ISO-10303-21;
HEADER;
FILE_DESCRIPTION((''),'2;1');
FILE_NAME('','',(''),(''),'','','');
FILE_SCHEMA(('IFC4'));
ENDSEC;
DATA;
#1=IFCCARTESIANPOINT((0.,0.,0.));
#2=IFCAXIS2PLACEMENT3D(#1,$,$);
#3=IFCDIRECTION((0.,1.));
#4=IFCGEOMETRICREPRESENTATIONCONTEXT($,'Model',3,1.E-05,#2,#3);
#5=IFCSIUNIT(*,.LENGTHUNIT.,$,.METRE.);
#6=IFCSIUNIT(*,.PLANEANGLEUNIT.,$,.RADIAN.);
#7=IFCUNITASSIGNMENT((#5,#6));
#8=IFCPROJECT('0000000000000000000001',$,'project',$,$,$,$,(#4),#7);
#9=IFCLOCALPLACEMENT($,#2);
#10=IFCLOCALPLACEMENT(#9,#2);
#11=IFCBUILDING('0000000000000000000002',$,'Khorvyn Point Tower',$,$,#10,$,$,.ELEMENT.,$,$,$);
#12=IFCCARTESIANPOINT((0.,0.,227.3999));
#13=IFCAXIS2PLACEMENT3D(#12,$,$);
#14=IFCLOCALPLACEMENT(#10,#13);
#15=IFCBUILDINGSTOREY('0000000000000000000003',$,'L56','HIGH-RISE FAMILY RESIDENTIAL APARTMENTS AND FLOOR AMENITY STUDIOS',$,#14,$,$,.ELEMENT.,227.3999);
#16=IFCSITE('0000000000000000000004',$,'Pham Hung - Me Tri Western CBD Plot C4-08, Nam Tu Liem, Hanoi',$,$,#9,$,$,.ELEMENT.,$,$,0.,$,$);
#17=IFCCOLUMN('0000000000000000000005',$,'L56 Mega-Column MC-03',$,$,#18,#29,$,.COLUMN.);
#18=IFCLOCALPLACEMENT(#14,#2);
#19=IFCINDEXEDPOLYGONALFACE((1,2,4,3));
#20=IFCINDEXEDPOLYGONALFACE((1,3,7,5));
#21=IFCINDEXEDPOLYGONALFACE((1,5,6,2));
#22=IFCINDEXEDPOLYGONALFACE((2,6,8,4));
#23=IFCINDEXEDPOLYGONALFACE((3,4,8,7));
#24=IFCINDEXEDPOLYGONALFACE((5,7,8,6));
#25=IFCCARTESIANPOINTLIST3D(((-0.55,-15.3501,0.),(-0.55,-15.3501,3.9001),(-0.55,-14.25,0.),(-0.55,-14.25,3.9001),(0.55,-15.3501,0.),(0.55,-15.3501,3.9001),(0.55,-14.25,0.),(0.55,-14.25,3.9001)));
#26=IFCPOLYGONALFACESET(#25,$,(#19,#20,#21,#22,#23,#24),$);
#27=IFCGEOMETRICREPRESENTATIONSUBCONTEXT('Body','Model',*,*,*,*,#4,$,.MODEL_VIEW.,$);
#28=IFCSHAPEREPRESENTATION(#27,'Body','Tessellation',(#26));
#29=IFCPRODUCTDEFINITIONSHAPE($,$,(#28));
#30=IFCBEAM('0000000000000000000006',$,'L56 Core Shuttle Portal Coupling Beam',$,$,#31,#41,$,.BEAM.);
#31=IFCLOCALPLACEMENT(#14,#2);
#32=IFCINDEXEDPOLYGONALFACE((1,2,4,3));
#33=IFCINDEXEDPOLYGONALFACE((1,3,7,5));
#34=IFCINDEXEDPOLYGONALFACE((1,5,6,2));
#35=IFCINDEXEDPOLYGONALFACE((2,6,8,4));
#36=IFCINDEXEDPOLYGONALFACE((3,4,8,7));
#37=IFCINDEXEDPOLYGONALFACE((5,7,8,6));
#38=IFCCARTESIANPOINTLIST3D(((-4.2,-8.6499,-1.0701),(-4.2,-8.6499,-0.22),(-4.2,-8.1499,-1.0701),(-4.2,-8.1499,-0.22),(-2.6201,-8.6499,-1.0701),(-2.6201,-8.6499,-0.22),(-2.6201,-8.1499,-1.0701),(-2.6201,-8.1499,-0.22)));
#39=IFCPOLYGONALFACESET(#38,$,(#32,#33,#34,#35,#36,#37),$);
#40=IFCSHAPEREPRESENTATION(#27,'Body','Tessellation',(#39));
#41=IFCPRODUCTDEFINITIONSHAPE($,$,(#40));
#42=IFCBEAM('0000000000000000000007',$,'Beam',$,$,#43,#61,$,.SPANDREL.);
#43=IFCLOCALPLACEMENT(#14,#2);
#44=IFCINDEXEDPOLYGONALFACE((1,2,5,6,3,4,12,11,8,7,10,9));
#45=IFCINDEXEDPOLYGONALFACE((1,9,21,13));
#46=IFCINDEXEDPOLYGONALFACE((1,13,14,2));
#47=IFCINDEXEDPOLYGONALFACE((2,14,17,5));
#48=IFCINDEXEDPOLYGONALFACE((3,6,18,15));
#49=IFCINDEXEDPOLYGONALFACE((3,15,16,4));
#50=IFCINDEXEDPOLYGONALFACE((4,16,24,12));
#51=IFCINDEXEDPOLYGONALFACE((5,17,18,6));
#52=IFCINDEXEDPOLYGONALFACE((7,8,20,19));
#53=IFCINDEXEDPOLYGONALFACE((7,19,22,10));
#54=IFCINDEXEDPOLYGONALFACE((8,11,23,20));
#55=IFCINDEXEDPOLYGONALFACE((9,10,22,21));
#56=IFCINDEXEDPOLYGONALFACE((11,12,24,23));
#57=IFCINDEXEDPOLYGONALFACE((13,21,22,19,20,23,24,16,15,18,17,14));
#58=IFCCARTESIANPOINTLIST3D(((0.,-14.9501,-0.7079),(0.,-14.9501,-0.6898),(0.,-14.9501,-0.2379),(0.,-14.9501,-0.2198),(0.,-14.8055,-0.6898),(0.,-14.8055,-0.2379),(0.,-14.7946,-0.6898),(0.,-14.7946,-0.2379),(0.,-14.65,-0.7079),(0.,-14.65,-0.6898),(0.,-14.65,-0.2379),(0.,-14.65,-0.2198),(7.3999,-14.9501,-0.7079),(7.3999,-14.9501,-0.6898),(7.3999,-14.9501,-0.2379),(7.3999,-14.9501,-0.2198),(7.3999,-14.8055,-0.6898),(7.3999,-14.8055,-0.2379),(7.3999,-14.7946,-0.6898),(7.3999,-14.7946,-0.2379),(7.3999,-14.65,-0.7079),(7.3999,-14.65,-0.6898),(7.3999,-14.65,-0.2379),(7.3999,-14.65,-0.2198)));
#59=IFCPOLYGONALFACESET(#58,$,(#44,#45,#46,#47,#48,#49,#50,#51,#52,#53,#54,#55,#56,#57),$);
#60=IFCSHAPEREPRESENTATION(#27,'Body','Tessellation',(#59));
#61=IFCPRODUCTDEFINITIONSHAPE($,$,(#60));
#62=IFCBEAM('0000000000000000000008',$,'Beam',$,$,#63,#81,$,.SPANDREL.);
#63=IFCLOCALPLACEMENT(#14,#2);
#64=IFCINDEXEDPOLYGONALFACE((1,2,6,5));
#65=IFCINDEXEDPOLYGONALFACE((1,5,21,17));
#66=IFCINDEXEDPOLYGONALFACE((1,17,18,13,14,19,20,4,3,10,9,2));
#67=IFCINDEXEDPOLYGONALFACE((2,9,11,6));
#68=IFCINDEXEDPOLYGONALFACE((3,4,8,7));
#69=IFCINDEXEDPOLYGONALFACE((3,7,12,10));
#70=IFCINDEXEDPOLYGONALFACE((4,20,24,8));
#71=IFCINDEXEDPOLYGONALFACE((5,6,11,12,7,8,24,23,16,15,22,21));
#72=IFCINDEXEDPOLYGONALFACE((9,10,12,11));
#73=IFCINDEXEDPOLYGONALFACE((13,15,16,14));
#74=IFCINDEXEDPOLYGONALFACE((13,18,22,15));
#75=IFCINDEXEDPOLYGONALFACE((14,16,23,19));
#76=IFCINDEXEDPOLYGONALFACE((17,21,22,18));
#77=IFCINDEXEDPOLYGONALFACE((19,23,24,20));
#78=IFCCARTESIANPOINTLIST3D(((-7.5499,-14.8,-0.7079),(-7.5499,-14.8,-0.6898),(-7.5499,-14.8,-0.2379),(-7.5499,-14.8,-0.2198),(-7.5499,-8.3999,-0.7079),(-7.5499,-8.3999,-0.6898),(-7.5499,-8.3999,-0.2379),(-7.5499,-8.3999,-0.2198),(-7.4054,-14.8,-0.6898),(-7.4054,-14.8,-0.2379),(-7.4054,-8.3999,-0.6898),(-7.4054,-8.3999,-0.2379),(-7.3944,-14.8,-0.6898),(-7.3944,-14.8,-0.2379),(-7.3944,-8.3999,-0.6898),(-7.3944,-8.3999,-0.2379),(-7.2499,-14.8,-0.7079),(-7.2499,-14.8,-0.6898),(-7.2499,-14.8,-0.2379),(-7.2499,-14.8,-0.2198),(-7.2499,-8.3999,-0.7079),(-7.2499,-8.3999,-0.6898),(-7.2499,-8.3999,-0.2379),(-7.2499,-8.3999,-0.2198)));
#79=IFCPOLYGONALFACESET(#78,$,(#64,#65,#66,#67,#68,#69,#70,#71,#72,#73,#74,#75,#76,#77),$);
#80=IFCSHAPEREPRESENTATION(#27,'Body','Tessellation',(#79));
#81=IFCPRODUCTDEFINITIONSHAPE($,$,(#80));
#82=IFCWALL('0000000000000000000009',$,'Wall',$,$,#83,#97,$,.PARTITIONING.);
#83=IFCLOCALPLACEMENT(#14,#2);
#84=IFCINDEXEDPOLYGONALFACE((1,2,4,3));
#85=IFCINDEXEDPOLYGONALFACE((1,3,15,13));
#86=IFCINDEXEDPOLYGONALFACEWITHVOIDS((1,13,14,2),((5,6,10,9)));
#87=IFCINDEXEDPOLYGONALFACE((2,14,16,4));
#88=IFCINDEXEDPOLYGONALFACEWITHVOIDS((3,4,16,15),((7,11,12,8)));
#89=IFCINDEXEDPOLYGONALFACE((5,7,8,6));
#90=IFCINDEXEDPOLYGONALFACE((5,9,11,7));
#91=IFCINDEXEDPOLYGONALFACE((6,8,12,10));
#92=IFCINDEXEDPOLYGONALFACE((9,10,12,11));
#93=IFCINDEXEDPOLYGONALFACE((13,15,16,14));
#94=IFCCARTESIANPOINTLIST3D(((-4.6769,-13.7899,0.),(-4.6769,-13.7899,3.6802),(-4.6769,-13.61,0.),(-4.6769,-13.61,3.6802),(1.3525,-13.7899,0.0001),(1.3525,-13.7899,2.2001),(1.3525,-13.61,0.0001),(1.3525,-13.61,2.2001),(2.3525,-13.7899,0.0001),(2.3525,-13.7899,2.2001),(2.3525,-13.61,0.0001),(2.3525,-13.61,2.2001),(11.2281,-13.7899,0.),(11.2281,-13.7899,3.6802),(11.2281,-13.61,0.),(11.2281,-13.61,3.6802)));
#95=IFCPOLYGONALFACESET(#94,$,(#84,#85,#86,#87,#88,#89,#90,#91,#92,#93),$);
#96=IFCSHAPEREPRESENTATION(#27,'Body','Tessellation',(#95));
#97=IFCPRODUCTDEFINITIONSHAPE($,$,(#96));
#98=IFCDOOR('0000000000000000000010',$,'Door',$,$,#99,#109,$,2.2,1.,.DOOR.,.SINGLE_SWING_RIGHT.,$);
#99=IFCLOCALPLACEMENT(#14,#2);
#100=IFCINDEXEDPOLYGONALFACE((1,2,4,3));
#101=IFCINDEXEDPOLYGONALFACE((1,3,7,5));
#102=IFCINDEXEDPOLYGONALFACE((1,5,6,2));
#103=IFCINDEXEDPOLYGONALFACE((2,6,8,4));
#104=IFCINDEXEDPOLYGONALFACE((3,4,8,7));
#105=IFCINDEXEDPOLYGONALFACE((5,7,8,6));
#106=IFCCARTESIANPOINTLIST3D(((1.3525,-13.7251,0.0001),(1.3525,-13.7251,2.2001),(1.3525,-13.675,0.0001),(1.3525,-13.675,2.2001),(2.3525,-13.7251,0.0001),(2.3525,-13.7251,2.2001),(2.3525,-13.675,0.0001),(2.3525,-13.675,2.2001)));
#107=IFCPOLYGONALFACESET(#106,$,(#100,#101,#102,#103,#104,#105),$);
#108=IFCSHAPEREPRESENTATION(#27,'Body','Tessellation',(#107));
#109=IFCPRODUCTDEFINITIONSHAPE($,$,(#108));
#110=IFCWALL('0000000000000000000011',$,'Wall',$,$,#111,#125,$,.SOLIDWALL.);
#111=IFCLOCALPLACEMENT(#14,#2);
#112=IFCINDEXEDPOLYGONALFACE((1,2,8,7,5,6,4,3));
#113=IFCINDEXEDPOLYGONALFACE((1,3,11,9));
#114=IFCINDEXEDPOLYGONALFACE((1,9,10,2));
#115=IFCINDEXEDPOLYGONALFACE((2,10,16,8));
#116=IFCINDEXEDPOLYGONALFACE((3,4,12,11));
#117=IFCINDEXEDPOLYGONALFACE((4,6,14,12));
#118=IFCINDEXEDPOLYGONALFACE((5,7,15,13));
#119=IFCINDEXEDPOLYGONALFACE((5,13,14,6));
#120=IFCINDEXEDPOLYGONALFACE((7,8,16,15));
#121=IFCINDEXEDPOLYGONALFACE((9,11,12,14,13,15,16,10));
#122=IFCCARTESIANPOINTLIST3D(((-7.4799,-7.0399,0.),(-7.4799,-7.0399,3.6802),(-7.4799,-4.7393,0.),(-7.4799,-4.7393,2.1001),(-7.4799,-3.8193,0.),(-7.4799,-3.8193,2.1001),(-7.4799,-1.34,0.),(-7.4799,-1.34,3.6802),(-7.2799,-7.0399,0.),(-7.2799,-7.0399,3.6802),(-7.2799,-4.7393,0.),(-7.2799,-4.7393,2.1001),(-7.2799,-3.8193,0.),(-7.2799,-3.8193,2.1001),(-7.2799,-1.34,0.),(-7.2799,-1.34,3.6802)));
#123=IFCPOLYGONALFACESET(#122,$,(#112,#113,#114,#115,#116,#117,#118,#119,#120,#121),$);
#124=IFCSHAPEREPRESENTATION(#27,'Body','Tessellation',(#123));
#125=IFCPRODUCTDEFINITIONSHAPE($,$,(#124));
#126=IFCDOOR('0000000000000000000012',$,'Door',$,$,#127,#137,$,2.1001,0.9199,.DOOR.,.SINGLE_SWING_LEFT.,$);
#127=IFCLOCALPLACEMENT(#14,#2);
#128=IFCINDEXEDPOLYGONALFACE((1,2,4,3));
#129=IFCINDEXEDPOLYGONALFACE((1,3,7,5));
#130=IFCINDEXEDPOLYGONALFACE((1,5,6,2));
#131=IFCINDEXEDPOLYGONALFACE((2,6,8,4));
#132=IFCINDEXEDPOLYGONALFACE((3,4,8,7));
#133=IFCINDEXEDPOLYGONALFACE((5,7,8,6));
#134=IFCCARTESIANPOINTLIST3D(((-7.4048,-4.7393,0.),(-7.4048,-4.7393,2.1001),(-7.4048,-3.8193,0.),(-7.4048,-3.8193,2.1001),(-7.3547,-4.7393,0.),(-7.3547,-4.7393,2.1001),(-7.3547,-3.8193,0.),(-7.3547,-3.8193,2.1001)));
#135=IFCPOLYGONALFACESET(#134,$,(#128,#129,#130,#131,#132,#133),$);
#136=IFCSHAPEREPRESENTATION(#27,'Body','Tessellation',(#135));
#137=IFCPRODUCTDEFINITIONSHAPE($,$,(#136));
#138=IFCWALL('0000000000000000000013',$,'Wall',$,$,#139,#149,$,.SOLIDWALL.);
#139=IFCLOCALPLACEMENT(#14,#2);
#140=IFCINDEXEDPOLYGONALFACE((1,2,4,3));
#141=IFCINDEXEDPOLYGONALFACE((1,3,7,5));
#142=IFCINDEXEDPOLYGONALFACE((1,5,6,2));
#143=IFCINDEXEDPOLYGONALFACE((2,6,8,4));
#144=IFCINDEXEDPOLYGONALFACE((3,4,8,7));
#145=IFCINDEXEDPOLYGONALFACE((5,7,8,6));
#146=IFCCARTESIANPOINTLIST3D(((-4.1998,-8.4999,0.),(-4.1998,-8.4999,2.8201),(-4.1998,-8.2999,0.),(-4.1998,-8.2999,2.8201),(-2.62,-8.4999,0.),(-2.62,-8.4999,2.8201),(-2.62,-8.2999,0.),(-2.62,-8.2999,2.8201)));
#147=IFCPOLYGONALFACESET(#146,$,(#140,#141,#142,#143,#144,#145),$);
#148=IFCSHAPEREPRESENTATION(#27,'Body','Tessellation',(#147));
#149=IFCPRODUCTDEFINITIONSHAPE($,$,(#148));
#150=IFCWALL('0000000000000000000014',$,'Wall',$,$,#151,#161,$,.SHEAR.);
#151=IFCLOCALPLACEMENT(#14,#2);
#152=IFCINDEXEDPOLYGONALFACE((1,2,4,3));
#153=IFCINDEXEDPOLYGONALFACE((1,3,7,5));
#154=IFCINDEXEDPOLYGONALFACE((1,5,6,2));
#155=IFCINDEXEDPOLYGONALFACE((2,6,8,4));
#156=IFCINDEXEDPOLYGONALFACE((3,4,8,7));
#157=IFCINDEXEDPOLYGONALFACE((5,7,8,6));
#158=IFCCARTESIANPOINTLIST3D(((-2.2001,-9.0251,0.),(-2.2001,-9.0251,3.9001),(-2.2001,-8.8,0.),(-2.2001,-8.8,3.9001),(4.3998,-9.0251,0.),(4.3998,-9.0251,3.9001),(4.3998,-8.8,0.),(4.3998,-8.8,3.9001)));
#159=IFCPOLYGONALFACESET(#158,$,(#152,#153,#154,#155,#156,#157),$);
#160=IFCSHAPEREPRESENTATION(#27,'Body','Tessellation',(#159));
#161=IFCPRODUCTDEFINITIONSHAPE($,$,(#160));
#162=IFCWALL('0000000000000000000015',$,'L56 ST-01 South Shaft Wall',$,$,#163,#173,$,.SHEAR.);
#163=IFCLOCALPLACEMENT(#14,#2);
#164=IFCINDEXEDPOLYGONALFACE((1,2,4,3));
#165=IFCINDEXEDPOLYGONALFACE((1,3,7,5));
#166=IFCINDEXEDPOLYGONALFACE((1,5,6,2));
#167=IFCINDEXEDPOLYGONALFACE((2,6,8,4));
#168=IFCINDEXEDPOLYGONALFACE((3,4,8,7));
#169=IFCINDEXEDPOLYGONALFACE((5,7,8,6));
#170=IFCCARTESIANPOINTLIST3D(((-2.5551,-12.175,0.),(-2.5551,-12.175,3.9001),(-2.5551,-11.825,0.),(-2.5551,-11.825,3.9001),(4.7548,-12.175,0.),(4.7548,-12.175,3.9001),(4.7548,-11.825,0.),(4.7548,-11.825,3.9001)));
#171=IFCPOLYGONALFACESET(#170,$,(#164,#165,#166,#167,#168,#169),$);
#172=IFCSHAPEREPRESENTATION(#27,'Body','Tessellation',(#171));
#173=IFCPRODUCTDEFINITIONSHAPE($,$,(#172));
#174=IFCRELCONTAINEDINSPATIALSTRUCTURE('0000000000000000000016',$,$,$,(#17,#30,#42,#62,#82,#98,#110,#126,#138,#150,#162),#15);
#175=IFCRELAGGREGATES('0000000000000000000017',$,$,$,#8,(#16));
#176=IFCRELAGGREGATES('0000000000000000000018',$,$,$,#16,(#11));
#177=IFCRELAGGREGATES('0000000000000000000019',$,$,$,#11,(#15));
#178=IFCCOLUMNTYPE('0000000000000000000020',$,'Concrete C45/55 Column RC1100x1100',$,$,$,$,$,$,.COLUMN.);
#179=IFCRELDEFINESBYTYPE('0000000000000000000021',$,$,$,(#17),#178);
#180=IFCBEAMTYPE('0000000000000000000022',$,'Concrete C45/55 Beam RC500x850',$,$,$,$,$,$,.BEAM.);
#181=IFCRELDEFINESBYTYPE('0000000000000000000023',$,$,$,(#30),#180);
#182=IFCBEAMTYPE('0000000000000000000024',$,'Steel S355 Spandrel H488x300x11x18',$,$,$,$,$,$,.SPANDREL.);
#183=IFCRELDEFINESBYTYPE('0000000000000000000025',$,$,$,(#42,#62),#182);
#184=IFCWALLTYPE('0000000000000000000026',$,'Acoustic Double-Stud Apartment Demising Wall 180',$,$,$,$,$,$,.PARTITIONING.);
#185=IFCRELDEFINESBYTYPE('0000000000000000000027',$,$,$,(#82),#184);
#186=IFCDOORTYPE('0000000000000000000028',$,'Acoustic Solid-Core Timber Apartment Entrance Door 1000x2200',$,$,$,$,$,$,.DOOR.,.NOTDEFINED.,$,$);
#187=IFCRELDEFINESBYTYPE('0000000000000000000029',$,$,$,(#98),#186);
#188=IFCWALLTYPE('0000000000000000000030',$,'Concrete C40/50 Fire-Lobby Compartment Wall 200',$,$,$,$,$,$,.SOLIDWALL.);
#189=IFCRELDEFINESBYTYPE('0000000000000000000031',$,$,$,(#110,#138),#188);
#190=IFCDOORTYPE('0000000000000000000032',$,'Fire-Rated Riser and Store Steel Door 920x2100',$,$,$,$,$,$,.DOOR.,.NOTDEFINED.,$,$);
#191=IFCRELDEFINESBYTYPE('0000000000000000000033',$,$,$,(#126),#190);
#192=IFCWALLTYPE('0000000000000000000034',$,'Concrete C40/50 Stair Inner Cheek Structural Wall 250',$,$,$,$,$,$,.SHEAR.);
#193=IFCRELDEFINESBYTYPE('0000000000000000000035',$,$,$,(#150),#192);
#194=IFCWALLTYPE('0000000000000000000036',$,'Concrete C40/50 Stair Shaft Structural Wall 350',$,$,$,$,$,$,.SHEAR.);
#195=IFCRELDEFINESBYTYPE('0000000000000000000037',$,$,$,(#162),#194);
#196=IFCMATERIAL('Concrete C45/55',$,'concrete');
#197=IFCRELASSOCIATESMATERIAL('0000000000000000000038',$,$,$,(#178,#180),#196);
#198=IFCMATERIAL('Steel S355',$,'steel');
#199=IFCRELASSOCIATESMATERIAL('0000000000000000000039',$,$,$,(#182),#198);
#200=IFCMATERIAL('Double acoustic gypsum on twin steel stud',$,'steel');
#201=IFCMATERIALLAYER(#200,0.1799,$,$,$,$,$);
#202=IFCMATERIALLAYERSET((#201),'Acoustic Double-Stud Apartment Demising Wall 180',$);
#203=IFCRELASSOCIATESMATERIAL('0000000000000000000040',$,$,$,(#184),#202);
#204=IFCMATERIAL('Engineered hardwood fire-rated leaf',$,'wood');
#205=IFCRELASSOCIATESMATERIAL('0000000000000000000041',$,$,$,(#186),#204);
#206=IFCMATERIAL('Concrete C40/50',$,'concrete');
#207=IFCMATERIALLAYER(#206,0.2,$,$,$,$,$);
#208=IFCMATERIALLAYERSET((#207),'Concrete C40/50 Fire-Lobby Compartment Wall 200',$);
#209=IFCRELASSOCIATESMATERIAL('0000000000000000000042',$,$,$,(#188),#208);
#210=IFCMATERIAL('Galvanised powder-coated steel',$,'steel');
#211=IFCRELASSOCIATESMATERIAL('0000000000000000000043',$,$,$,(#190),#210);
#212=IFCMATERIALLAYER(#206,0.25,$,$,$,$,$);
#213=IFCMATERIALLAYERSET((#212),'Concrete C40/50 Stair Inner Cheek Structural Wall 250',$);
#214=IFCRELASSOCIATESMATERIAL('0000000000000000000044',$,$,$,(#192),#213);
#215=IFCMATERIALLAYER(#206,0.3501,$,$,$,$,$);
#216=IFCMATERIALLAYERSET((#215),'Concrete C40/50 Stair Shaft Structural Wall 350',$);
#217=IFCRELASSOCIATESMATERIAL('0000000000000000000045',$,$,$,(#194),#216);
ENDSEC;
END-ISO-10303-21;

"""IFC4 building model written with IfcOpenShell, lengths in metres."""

from ifc_helpers import new_model, si_unit, direction, frame, frame_2d, origin, origin_2d, place, context, subcontext, project, spatial, rectangle, i_section, extrude, material, layer, layer_set, material_profile, profile_set, type_object, element, fill, save


model = new_model("IFC4")

# Units and contexts
model_context = context("Model", 3, precision=1e-05, world=origin(), true_north=direction((0.0, 1.0)))
body_context = subcontext(model_context, "Body", "Model", "MODEL_VIEW")
ifc_project = project(units=[si_unit("LENGTHUNIT", "METRE"), si_unit("PLANEANGLEUNIT", "RADIAN")], contexts=[model_context])

# Site, building, storey
site_placement = place(None, origin())
site = spatial("IfcSite", under=ifc_project, at=site_placement, Name="Pham Hung - Me Tri Western CBD Plot C4-08, Nam Tu Liem, Hanoi", CompositionType="ELEMENT", RefElevation=0.0)
building_placement = place(site_placement, origin())
building = spatial("IfcBuilding", under=site, at=building_placement, Name="Khorvyn Point Tower", CompositionType="ELEMENT")
storey_placement = place(building_placement, frame((0.0, 0.0, 227.3999)))
storey = spatial("IfcBuildingStorey", under=building, at=storey_placement, Name="L56", Description="HIGH-RISE FAMILY RESIDENTIAL APARTMENTS AND FLOOR AMENITY STUDIOS", CompositionType="ELEMENT", Elevation=227.3999)

# Column
ifc_material_1 = material(Name="Concrete C45/55", Category="concrete")
ifc_material_profile_1 = material_profile(ifc_material_1, rectangle(XDim=1.1001, YDim=1.1001, at=origin_2d()))
ifc_profile_set_1 = profile_set([ifc_material_profile_1], Name="Concrete C45/55 RC1100x1100")
column_type = type_object("IfcColumnType", Name="Concrete C45/55 Column RC1100x1100", PredefinedType="COLUMN", material=ifc_profile_set_1)
column_placement = place(storey_placement, frame((0.0, -14.8, 0.0), z_axis=(0.0, 0.0, 1.0), x_axis=(1.0, 0.0, 0.0)))
element("IfcColumn", 1, at=column_placement, inside=storey, type_object=column_type, Name="L56 Mega-Column MC-03", PredefinedType="COLUMN", context=body_context, shape_type="SweptSolid", body=[
    extrude(rectangle(XDim=1.1001, YDim=1.1001, at=origin_2d()), origin(), (0.0, 0.0, 1.0), 3.9001),
])

# Beams
ifc_material_profile_2 = material_profile(ifc_material_1, rectangle(XDim=0.5, YDim=0.8501, at=origin_2d()))
ifc_profile_set_2 = profile_set([ifc_material_profile_2], Name="Concrete C45/55 RC500x850")
beam_type_1 = type_object("IfcBeamType", Name="Concrete C45/55 Beam RC500x850", PredefinedType="BEAM", material=ifc_profile_set_2)
beam_1_placement = place(storey_placement, frame((-4.2, -8.3999, -0.645), z_axis=(1.0, 0.0, 0.0), x_axis=(0.0, 1.0, 0.0)))
element("IfcBeam", 2, at=beam_1_placement, inside=storey, type_object=beam_type_1, Name="L56 Core Shuttle Portal Coupling Beam", PredefinedType="BEAM", context=body_context, shape_type="SweptSolid", body=[
    extrude(rectangle(XDim=0.5, YDim=0.8501, at=origin_2d()), origin(), (0.0, 0.0, 1.0), 1.5798),
])
ifc_material_2 = material(Name="Steel S355", Category="steel")
ifc_material_profile_3 = material_profile(ifc_material_2, i_section(OverallWidth=0.3, OverallDepth=0.488, WebThickness=0.011, FlangeThickness=0.0181, at=origin_2d()))
ifc_profile_set_3 = profile_set([ifc_material_profile_3], Name="Steel S355 H488x300x11x18")
beam_type_2 = type_object("IfcBeamType", Name="Steel S355 Spandrel H488x300x11x18", PredefinedType="SPANDREL", material=ifc_profile_set_3)
beam_2_placement = place(storey_placement, frame((0.0, -14.8, -0.4639), z_axis=(1.0, 0.0, 0.0), x_axis=(0.0, 1.0, 0.0)))
element("IfcBeam", 3, at=beam_2_placement, inside=storey, type_object=beam_type_2, Name="Beam", PredefinedType="SPANDREL", context=body_context, shape_type="SweptSolid", body=[
    extrude(i_section(OverallWidth=0.3, OverallDepth=0.488, WebThickness=0.011, FlangeThickness=0.0181, at=origin_2d()), origin(), (0.0, 0.0, 1.0), 7.3999),
])
beam_3_placement = place(storey_placement, frame((-7.3999, -14.8, -0.4639), z_axis=(0.0, 1.0, 0.0), x_axis=(-1.0, 0.0, 0.0)))
element("IfcBeam", 4, at=beam_3_placement, inside=storey, type_object=beam_type_2, Name="Beam", PredefinedType="SPANDREL", context=body_context, shape_type="SweptSolid", body=[
    extrude(i_section(OverallWidth=0.3, OverallDepth=0.488, WebThickness=0.011, FlangeThickness=0.0181, at=origin_2d()), origin(), (0.0, 0.0, 1.0), 6.4001),
])

# Walls, openings, doors
ifc_material_3 = material(Name="Double acoustic gypsum on twin steel stud", Category="steel")
ifc_layer_1 = layer(ifc_material_3, 0.1799)
ifc_layer_set_1 = layer_set([ifc_layer_1], Name="Acoustic Double-Stud Apartment Demising Wall 180")
wall_type_1 = type_object("IfcWallType", Name="Acoustic Double-Stud Apartment Demising Wall 180", PredefinedType="PARTITIONING", material=ifc_layer_set_1)
wall_1_placement = place(storey_placement, frame((-4.677, -13.7, 0.0), z_axis=(0.0, 0.0, 1.0), x_axis=(1.0, 0.0, 0.0)))
wall_1 = element("IfcWall", 5, at=wall_1_placement, inside=storey, type_object=wall_type_1, Name="Wall", PredefinedType="PARTITIONING", context=body_context, shape_type="SweptSolid", body=[
    extrude(rectangle(XDim=15.905, YDim=0.1799, at=frame_2d((7.9526, 0.0))), origin(), (0.0, 0.0, 1.0), 3.6802),
])
opening_1_placement = place(wall_1_placement, frame((6.0295, 0.0, 0.0)))
opening_1 = element("IfcOpeningElement", 6, at=opening_1_placement, cuts=wall_1, PredefinedType="OPENING", context=body_context, shape_type="SweptSolid", body=[
    extrude(rectangle(XDim=1.0, YDim=2.2, at=frame_2d((0.5, 1.1001))), frame((0.0, 0.0999, 0.0), z_axis=(0.0, -1.0, 0.0), x_axis=(1.0, 0.0, 0.0)), (0.0, 0.0, 1.0), 0.2),
])
ifc_material_4 = material(Name="Engineered hardwood fire-rated leaf", Category="wood")
door_type_1 = type_object("IfcDoorType", Name="Acoustic Solid-Core Timber Apartment Entrance Door 1000x2200", OperationType="NOTDEFINED", PredefinedType="DOOR", material=ifc_material_4)
door_1_placement = place(opening_1_placement, origin())
door_1 = element("IfcDoor", 7, at=door_1_placement, inside=storey, type_object=door_type_1, Name="Door", OperationType="SINGLE_SWING_RIGHT", OverallHeight=2.2, OverallWidth=1.0, PredefinedType="DOOR", context=body_context, shape_type="SweptSolid", body=[
    extrude(rectangle(XDim=1.0, YDim=2.2, at=frame_2d((0.5, 1.1001))), frame((0.0, 0.0249, 0.0), z_axis=(0.0, -1.0, 0.0), x_axis=(1.0, 0.0, 0.0)), (0.0, 0.0, 1.0), 0.05),
])
fill(opening_1, door_1)
ifc_material_5 = material(Name="Concrete C40/50", Category="concrete")
ifc_layer_2 = layer(ifc_material_5, 0.2)
ifc_layer_set_2 = layer_set([ifc_layer_2], Name="Concrete C40/50 Fire-Lobby Compartment Wall 200")
wall_type_2 = type_object("IfcWallType", Name="Concrete C40/50 Fire-Lobby Compartment Wall 200", PredefinedType="SOLIDWALL", material=ifc_layer_set_2)
wall_2_placement = place(storey_placement, frame((-7.3799, -7.04, 0.0), z_axis=(0.0, 0.0, 1.0), x_axis=(0.0, 1.0, 0.0)))
wall_2 = element("IfcWall", 8, at=wall_2_placement, inside=storey, type_object=wall_type_2, Name="Wall", PredefinedType="SOLIDWALL", context=body_context, shape_type="SweptSolid", body=[
    extrude(rectangle(XDim=5.7, YDim=0.2, at=frame_2d((2.8501, 0.0))), origin(), (0.0, 0.0, 1.0), 3.6802),
])
opening_2_placement = place(wall_2_placement, frame((2.3008, 0.0, 0.0)))
opening_2 = element("IfcOpeningElement", 9, at=opening_2_placement, cuts=wall_2, PredefinedType="OPENING", context=body_context, shape_type="SweptSolid", body=[
    extrude(rectangle(XDim=0.9199, YDim=2.1001, at=frame_2d((0.46, 1.05))), frame((0.0, 0.1099, 0.0), z_axis=(0.0, -1.0, 0.0), x_axis=(1.0, 0.0, 0.0)), (0.0, 0.0, 1.0), 0.22),
])
ifc_material_6 = material(Name="Galvanised powder-coated steel", Category="steel")
door_type_2 = type_object("IfcDoorType", Name="Fire-Rated Riser and Store Steel Door 920x2100", OperationType="NOTDEFINED", PredefinedType="DOOR", material=ifc_material_6)
door_2_placement = place(opening_2_placement, origin())
door_2 = element("IfcDoor", 10, at=door_2_placement, inside=storey, type_object=door_type_2, Name="Door", OperationType="SINGLE_SWING_LEFT", OverallHeight=2.1001, OverallWidth=0.9199, PredefinedType="DOOR", context=body_context, shape_type="SweptSolid", body=[
    extrude(rectangle(XDim=0.9199, YDim=2.1001, at=frame_2d((0.46, 1.05))), frame((0.0, 0.0249, 0.0), z_axis=(0.0, -1.0, 0.0), x_axis=(1.0, 0.0, 0.0)), (0.0, 0.0, 1.0), 0.05),
])
fill(opening_2, door_2)

# Walls
wall_3_placement = place(storey_placement, frame((-4.2, -8.3999, 0.0), z_axis=(0.0, 0.0, 1.0), x_axis=(1.0, 0.0, 0.0)))
element("IfcWall", 11, at=wall_3_placement, inside=storey, type_object=wall_type_2, Name="Wall", PredefinedType="SOLIDWALL", context=body_context, shape_type="SweptSolid", body=[
    extrude(rectangle(XDim=1.5798, YDim=0.2, at=frame_2d((0.79, 0.0))), origin(), (0.0, 0.0, 1.0), 2.8201),
])
ifc_layer_3 = layer(ifc_material_5, 0.25)
ifc_layer_set_3 = layer_set([ifc_layer_3], Name="Concrete C40/50 Stair Inner Cheek Structural Wall 250")
wall_type_3 = type_object("IfcWallType", Name="Concrete C40/50 Stair Inner Cheek Structural Wall 250", PredefinedType="SHEAR", material=ifc_layer_set_3)
wall_4_placement = place(storey_placement, frame((-2.2, -8.9126, 0.0), z_axis=(0.0, 0.0, 1.0), x_axis=(1.0, 0.0, 0.0)))
element("IfcWall", 12, at=wall_4_placement, inside=storey, type_object=wall_type_3, Name="Wall", PredefinedType="SHEAR", context=body_context, shape_type="SweptSolid", body=[
    extrude(rectangle(XDim=6.5999, YDim=0.2251, at=frame_2d((3.2998, 0.0))), origin(), (0.0, 0.0, 1.0), 3.9001),
])
ifc_layer_4 = layer(ifc_material_5, 0.3501)
ifc_layer_set_4 = layer_set([ifc_layer_4], Name="Concrete C40/50 Stair Shaft Structural Wall 350")
wall_type_4 = type_object("IfcWallType", Name="Concrete C40/50 Stair Shaft Structural Wall 350", PredefinedType="SHEAR", material=ifc_layer_set_4)
wall_5_placement = place(storey_placement, frame((-2.5549, -12.0, 0.0), z_axis=(0.0, 0.0, 1.0), x_axis=(1.0, 0.0, 0.0)))
element("IfcWall", 13, at=wall_5_placement, inside=storey, type_object=wall_type_4, Name="L56 ST-01 South Shaft Wall", PredefinedType="SHEAR", context=body_context, shape_type="SweptSolid", body=[
    extrude(rectangle(XDim=7.3098, YDim=0.3501, at=frame_2d((3.6548, 0.0))), origin(), (0.0, 0.0, 1.0), 3.9001),
])

save(model, "model.ifc")
